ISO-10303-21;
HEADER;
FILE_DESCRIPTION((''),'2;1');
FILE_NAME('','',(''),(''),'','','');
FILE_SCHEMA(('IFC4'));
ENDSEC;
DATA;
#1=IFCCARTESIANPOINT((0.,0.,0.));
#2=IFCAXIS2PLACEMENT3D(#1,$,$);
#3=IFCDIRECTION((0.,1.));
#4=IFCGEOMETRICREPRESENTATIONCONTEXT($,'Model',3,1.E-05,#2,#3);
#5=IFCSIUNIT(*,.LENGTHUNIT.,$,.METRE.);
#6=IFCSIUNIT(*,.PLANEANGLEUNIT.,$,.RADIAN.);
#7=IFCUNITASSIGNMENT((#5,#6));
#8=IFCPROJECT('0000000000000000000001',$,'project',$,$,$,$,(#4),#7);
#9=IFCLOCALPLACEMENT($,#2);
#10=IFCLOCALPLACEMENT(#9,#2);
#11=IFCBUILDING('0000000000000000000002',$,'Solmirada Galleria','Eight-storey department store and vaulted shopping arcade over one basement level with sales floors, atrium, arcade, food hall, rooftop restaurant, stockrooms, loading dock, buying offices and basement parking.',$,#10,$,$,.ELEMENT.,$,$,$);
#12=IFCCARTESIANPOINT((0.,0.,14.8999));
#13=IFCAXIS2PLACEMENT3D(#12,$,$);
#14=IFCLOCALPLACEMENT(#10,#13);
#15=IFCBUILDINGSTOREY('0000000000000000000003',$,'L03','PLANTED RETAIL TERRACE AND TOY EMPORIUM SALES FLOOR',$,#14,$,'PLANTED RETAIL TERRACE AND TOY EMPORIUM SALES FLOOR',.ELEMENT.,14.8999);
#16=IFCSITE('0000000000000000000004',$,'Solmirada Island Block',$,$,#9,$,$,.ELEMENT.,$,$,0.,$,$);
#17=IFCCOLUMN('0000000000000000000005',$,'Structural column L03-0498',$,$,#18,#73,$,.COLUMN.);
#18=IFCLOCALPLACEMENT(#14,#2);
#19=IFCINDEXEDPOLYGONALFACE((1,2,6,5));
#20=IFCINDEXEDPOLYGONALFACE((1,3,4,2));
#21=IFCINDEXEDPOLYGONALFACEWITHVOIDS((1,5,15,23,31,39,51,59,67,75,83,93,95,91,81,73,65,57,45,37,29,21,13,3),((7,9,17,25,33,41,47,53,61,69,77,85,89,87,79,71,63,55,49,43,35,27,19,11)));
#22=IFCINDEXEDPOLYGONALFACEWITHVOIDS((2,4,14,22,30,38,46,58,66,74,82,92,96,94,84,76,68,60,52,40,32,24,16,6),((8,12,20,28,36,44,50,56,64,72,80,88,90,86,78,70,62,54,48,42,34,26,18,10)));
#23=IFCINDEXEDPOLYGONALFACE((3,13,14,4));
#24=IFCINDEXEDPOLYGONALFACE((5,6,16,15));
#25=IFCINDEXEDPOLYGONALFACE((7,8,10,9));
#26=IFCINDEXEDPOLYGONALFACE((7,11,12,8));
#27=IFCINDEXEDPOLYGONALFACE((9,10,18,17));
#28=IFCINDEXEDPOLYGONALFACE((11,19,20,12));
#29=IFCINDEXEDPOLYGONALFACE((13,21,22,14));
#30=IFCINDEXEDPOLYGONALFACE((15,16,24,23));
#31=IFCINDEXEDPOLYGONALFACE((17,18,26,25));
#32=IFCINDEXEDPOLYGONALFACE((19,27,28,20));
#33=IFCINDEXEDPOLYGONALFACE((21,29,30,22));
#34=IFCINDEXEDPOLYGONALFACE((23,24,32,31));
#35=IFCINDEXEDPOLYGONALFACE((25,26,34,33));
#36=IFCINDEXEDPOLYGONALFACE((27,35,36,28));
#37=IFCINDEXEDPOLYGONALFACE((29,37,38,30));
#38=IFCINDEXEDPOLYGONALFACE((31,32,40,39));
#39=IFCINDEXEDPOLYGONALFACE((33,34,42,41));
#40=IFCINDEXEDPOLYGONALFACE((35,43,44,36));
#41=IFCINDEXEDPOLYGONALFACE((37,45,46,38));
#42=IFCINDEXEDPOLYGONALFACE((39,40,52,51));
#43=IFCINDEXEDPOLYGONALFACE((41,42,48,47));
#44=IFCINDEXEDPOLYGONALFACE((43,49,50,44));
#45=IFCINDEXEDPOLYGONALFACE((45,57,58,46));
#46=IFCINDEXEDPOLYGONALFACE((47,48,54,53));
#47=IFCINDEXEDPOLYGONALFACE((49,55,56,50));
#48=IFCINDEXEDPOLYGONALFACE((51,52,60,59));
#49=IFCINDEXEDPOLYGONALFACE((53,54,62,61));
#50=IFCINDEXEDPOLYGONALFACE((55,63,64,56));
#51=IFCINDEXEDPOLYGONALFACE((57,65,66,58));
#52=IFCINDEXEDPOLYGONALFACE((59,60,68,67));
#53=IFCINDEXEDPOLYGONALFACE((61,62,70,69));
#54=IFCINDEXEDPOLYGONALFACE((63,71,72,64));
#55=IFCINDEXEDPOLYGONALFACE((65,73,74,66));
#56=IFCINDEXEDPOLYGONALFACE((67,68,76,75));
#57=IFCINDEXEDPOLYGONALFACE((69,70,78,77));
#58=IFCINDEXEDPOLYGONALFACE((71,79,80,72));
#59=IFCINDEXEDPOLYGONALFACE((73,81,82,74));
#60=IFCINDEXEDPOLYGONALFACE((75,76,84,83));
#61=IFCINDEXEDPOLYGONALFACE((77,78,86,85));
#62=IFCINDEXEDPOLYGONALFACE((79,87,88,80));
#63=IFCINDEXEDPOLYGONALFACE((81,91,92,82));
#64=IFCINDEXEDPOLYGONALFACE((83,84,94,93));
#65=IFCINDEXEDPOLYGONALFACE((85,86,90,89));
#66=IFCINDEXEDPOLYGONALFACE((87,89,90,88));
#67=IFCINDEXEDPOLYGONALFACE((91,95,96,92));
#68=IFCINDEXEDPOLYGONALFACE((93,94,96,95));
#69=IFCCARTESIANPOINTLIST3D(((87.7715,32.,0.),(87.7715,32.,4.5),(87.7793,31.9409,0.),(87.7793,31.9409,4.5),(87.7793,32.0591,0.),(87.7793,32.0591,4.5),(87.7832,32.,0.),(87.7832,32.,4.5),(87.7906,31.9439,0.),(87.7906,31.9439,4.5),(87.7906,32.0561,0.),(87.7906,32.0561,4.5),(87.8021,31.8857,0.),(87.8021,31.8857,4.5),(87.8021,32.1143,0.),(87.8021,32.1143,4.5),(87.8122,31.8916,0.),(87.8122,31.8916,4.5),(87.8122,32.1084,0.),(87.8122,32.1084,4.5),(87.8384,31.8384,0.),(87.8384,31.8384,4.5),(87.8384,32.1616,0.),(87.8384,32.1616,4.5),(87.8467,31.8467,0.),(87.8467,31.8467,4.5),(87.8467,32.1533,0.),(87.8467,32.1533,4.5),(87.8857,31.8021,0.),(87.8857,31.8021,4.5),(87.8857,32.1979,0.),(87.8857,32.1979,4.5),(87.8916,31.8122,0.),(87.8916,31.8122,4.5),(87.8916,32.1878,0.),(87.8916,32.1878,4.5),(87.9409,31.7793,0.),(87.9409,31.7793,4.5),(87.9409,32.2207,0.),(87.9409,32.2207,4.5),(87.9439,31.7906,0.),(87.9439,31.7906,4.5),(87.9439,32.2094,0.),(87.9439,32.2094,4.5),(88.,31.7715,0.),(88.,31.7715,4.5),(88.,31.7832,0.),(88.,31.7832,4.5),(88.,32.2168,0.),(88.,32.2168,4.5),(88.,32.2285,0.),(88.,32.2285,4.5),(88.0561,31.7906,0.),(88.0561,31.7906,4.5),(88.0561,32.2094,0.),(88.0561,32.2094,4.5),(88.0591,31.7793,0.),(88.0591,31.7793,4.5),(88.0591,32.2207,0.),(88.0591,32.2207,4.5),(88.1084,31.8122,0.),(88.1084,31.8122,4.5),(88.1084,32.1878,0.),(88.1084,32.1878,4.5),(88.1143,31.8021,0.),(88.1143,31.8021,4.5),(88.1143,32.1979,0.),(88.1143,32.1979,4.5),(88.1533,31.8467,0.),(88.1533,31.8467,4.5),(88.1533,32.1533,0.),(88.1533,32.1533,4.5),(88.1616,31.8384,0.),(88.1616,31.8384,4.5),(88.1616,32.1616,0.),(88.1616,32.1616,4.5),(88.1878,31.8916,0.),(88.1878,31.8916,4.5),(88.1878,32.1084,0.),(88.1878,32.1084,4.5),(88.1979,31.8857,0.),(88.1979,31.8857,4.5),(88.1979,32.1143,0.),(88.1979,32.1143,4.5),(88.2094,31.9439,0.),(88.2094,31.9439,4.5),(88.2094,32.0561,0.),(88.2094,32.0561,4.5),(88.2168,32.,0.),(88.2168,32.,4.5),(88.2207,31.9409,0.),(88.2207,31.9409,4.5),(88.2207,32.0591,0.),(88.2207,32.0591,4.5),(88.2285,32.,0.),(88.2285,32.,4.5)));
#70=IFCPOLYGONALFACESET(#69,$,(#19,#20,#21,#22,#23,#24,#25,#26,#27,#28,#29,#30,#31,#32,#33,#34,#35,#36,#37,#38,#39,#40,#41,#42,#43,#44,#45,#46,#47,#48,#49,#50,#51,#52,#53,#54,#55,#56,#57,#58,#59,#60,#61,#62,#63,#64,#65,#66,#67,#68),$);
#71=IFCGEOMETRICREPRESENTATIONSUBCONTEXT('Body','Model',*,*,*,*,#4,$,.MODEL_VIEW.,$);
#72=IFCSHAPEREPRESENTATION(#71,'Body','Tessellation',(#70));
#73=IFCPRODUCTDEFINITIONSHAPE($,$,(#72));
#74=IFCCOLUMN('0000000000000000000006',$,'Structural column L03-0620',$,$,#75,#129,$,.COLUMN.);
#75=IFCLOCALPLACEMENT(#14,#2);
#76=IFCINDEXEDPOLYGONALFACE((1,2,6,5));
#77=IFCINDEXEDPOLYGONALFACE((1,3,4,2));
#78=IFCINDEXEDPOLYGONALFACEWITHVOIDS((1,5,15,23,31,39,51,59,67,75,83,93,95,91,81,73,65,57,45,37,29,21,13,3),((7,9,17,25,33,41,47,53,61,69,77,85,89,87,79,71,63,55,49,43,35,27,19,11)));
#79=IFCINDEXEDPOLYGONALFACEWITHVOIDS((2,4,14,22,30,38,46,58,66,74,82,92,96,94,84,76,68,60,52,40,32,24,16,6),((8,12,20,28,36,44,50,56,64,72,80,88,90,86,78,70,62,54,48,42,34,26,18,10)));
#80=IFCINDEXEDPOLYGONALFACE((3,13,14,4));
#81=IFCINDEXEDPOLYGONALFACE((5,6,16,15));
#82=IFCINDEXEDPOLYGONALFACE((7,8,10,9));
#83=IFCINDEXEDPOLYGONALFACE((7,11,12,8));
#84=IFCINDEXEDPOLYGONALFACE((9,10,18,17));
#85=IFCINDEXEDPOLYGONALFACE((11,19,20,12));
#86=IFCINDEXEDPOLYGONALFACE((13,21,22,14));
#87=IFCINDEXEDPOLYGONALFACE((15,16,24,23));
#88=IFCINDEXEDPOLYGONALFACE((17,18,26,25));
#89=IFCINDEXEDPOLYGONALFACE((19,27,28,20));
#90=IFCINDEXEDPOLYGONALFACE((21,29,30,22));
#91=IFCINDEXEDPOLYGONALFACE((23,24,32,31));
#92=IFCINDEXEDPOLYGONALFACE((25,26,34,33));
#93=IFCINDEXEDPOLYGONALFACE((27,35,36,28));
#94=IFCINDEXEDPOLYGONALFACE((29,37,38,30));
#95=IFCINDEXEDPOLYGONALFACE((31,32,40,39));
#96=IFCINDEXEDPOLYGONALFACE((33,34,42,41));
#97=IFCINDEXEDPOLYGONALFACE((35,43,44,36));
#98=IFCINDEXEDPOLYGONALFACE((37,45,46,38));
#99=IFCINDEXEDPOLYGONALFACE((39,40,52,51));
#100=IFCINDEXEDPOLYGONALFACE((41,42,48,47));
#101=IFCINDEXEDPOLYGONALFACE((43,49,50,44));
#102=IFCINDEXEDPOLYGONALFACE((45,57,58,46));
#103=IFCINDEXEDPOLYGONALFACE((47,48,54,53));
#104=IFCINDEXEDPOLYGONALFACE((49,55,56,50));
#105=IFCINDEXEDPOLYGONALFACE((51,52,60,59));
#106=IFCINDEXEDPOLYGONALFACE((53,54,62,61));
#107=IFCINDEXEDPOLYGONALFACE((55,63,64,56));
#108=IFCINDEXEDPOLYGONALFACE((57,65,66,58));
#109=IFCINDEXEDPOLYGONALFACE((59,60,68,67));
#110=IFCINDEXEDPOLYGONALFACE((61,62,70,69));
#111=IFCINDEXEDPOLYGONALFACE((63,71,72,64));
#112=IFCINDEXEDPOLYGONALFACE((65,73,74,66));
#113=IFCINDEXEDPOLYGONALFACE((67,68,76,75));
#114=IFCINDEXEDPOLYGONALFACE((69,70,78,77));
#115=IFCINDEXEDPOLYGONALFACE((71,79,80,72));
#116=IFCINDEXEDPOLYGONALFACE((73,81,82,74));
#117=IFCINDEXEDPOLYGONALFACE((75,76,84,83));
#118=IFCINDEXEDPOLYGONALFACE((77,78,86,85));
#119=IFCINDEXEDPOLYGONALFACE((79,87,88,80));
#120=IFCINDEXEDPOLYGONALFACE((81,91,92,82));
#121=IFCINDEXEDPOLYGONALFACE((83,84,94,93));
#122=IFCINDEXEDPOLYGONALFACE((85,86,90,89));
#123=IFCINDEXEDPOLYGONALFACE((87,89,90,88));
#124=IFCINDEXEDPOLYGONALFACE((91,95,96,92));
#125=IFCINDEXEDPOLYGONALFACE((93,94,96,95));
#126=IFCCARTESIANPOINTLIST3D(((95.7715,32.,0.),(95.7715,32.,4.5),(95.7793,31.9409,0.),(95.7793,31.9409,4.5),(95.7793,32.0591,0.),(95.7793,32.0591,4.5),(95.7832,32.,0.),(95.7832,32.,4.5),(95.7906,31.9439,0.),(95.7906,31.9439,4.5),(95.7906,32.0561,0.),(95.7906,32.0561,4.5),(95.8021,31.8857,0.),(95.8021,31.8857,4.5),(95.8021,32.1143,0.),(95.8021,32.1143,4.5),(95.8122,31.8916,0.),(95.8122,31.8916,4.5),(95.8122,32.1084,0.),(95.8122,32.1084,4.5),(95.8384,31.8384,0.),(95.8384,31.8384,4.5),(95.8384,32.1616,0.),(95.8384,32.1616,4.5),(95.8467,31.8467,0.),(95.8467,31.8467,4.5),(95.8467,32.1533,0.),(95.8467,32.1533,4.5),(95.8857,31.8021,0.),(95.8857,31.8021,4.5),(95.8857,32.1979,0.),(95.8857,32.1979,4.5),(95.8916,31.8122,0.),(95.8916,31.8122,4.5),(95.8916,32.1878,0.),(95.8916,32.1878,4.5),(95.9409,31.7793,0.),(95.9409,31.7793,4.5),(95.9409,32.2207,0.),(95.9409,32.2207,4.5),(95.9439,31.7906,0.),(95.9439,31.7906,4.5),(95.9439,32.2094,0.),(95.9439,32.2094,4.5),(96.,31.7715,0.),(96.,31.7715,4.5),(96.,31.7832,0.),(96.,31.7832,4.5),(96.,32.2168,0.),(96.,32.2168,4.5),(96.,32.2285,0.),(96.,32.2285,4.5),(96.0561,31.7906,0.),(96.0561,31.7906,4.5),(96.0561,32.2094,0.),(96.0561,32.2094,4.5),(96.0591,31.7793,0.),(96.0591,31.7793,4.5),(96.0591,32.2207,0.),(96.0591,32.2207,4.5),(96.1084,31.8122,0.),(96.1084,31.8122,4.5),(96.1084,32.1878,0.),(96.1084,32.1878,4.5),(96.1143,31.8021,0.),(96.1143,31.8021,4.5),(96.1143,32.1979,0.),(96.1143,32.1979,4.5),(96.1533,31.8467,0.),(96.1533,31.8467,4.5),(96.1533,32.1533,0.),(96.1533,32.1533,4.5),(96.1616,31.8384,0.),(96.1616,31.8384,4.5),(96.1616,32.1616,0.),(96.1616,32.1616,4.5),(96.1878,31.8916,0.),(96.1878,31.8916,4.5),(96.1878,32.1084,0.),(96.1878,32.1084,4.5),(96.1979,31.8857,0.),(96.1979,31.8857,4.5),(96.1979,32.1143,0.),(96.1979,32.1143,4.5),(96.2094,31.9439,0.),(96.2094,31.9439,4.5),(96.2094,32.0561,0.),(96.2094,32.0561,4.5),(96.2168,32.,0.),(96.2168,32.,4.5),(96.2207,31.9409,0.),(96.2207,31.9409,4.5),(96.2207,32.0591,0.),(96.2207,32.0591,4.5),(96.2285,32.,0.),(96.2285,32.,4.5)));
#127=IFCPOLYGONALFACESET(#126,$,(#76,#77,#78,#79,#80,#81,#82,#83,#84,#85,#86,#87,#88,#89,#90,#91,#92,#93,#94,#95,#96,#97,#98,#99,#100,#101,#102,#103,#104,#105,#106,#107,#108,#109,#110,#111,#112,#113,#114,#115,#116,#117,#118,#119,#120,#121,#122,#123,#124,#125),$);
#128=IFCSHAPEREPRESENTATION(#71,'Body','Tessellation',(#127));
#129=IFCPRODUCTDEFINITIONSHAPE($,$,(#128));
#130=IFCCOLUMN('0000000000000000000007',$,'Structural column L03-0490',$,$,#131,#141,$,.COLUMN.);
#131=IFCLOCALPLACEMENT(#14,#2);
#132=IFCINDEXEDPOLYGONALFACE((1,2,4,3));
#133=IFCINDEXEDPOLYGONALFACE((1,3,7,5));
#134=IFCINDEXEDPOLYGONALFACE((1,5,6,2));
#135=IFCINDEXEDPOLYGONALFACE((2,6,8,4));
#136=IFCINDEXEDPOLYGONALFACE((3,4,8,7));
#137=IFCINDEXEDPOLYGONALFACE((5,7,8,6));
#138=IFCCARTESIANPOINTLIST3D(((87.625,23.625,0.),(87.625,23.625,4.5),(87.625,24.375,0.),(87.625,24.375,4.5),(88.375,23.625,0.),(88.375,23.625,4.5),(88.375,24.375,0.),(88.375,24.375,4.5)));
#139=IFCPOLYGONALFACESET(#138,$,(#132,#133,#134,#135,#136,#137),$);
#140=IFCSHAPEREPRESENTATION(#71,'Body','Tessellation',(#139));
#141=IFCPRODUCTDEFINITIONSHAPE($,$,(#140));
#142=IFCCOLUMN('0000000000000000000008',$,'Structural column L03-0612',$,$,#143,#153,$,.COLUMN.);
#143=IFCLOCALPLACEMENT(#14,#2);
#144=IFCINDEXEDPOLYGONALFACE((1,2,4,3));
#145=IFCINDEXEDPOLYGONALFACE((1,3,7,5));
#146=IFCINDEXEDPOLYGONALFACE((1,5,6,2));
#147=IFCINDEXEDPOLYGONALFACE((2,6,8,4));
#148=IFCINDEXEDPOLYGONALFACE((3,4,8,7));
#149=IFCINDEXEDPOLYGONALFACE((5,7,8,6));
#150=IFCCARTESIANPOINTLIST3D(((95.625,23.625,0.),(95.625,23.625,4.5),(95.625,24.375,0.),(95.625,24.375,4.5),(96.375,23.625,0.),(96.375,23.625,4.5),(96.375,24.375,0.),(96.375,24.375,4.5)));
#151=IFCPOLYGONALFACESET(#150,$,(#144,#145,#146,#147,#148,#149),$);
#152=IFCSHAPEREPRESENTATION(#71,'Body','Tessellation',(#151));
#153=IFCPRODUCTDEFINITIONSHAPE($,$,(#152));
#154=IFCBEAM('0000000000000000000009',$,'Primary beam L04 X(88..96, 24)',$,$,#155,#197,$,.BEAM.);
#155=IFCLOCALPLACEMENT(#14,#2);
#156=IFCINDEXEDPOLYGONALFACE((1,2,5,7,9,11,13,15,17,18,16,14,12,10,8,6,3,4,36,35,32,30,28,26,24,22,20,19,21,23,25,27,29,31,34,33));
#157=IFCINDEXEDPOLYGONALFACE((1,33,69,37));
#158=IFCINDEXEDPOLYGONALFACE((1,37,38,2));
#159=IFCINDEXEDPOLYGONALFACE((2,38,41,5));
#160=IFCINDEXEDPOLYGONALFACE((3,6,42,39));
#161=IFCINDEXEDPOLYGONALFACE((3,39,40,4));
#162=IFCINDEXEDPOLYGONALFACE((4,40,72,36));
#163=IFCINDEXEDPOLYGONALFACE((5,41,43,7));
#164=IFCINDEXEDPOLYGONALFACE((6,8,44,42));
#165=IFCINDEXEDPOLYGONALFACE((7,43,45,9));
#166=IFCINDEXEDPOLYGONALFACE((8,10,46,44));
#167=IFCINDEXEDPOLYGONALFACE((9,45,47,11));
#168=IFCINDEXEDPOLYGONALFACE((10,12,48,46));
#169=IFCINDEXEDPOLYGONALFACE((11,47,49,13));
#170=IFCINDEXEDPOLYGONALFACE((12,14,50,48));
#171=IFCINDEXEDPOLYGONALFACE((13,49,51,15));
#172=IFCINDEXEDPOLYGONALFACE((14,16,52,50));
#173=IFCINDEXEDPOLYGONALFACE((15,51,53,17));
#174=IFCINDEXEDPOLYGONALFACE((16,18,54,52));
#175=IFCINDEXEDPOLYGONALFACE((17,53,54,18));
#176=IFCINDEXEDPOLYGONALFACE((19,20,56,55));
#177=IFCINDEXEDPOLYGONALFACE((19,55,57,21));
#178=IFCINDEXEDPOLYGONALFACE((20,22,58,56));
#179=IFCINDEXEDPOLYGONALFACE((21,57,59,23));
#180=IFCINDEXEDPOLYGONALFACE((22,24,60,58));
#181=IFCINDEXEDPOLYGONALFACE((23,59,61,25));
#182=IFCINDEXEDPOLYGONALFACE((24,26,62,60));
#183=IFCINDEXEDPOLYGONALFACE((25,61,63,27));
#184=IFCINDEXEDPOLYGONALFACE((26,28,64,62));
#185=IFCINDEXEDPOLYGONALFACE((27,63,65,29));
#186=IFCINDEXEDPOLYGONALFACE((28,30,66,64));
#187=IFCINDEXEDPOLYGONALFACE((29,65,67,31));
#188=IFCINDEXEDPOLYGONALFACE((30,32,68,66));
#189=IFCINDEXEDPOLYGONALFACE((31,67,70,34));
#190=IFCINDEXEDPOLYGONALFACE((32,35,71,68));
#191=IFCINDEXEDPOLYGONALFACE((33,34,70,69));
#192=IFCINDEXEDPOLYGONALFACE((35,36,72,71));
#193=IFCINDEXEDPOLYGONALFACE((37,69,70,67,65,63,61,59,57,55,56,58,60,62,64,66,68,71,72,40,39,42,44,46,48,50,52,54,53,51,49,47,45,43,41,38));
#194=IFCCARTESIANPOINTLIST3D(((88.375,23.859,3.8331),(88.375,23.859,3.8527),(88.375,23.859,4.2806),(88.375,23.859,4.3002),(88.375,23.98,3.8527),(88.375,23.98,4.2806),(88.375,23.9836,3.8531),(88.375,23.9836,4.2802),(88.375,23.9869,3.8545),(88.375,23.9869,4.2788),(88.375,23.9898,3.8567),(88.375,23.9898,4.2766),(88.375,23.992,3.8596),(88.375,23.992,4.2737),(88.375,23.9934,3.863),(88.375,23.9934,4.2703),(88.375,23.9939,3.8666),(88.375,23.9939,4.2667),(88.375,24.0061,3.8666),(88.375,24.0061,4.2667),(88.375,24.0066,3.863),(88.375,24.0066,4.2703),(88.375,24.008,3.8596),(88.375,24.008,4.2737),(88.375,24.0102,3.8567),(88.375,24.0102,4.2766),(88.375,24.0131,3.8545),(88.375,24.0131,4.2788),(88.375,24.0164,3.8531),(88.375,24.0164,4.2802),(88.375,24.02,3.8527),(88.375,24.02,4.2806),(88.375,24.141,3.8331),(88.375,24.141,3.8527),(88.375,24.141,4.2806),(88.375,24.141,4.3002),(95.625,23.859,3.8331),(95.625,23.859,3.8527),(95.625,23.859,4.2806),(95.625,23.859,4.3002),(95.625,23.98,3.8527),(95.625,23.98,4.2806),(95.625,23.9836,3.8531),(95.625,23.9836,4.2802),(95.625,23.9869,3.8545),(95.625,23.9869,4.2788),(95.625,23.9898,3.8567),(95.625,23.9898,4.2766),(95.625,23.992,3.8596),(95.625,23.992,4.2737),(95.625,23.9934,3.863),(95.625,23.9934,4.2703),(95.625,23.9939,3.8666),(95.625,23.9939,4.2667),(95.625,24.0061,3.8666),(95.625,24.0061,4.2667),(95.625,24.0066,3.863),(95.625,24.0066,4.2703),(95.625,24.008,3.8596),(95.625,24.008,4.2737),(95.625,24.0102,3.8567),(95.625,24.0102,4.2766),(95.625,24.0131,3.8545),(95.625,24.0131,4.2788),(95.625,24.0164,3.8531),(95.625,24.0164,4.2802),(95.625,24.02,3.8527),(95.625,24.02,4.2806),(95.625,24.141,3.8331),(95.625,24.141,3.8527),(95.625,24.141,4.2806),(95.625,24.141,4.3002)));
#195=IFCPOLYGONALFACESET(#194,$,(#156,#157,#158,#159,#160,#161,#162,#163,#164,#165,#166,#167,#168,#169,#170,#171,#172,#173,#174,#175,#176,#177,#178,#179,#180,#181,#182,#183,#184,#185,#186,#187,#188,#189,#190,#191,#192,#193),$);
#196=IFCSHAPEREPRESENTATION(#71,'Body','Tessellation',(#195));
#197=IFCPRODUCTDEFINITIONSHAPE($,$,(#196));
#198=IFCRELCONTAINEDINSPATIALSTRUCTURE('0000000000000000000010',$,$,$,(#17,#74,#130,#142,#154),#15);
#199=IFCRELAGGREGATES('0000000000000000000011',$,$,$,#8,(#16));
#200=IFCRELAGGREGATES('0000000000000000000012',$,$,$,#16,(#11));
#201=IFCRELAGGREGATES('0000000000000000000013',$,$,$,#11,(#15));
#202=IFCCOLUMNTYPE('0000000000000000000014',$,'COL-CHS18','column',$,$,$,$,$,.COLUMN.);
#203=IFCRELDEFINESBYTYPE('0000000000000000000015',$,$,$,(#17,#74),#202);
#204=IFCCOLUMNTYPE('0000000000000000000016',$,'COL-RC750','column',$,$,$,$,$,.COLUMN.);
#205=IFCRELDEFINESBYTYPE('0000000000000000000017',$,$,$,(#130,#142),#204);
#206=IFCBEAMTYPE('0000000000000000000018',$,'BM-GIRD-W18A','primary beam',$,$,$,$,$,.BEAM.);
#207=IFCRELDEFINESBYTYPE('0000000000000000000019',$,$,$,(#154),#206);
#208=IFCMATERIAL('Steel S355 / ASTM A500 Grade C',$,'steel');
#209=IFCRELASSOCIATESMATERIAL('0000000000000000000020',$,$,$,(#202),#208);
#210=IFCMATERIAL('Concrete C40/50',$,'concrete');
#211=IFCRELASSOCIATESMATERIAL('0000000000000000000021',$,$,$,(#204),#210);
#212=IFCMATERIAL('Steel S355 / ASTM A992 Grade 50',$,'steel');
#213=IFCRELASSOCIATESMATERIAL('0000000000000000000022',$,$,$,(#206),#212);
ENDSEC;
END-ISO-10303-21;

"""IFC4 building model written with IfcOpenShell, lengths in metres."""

from ifc_helpers import new_model, si_unit, direction, frame, origin, origin_2d, place, context, subcontext, project, spatial, rectangle, hollow_circle, i_section, extrude, material, material_profile, profile_set, type_object, element, save


model = new_model("IFC4")

# Units and contexts
model_context = context("Model", 3, precision=1e-05, world=origin(), true_north=direction((0.0, 1.0)))
body_context = subcontext(model_context, "Body", "Model", "MODEL_VIEW")
ifc_project = project(units=[si_unit("LENGTHUNIT", "METRE"), si_unit("PLANEANGLEUNIT", "RADIAN")], contexts=[model_context])

# Site, building, storey
site_placement = place(None, origin())
site = spatial("IfcSite", under=ifc_project, at=site_placement, Name="Solmirada Island Block", CompositionType="ELEMENT", RefElevation=0.0)
building_placement = place(site_placement, origin())
building = spatial("IfcBuilding", under=site, at=building_placement, Name="Solmirada Galleria", Description="Eight-storey department store and vaulted shopping arcade over one basement level with sales floors, atrium, arcade, food hall, rooftop restaurant, stockrooms, loading dock, buying offices and basement parking.", CompositionType="ELEMENT")
storey_placement = place(building_placement, frame((0.0, 0.0, 14.8999)))
storey = spatial("IfcBuildingStorey", under=building, at=storey_placement, Name="L03", Description="PLANTED RETAIL TERRACE AND TOY EMPORIUM SALES FLOOR", LongName="PLANTED RETAIL TERRACE AND TOY EMPORIUM SALES FLOOR", CompositionType="ELEMENT", Elevation=14.8999)

# Columns
ifc_material_1 = material(Name="Steel S355 / ASTM A500 Grade C", Category="steel")
ifc_material_profile_1 = material_profile(ifc_material_1, hollow_circle(Radius=0.2285, WallThickness=0.0117, at=origin_2d()), Name="HSS18.000X0.500")
ifc_profile_set_1 = profile_set([ifc_material_profile_1], Name="Steel S355 / ASTM A500 Grade C")
column_type_1 = type_object("IfcColumnType", Name="COL-CHS18", Description="column", PredefinedType="COLUMN", material=ifc_profile_set_1)
for number, where, z_axis, x_axis, name in (
    (1, (88.0, 32.0, 0.0), (0.0, 0.0, 1.0), (1.0, 0.0, 0.0), "Structural column L03-0498"),
    (2, (96.0, 32.0, 0.0), (0.0, 0.0, 1.0), (1.0, 0.0, 0.0), "Structural column L03-0620"),
):
    element("IfcColumn", number, at=place(storey_placement, frame(where, z_axis=z_axis, x_axis=x_axis)), inside=storey, type_object=column_type_1, Name=name, PredefinedType="COLUMN", context=body_context, shape_type="SweptSolid", body=[
        extrude(hollow_circle(Radius=0.2285, WallThickness=0.0117, at=origin_2d()), origin(), (0.0, 0.0, 1.0), 4.5),
    ])
ifc_material_2 = material(Name="Concrete C40/50", Category="concrete")
ifc_material_profile_2 = material_profile(ifc_material_2, rectangle(XDim=0.75, YDim=0.75, at=origin_2d()), Name="RC750X750")
ifc_profile_set_2 = profile_set([ifc_material_profile_2], Name="Concrete C40/50")
column_type_2 = type_object("IfcColumnType", Name="COL-RC750", Description="column", PredefinedType="COLUMN", material=ifc_profile_set_2)
for number, where, z_axis, x_axis, name in (
    (3, (88.0, 24.0, 0.0), (0.0, 0.0, 1.0), (1.0, 0.0, 0.0), "Structural column L03-0490"),
    (4, (96.0, 24.0, 0.0), (0.0, 0.0, 1.0), (1.0, 0.0, 0.0), "Structural column L03-0612"),
):
    element("IfcColumn", number, at=place(storey_placement, frame(where, z_axis=z_axis, x_axis=x_axis)), inside=storey, type_object=column_type_2, Name=name, PredefinedType="COLUMN", context=body_context, shape_type="SweptSolid", body=[
        extrude(rectangle(XDim=0.75, YDim=0.75, at=origin_2d()), origin(), (0.0, 0.0, 1.0), 4.5),
    ])

# Beam
ifc_material_3 = material(Name="Steel S355 / ASTM A992 Grade 50", Category="steel")
ifc_material_profile_3 = material_profile(ifc_material_3, i_section(OverallWidth=0.282, OverallDepth=0.467, WebThickness=0.0122, FlangeThickness=0.0195, FilletRadius=0.0139, at=origin_2d()), Name="W18X86")
ifc_profile_set_3 = profile_set([ifc_material_profile_3], Name="Steel S355 / ASTM A992 Grade 50")
beam_type_1 = type_object("IfcBeamType", Name="BM-GIRD-W18A", Description="primary beam", PredefinedType="BEAM", material=ifc_profile_set_3)
beam_1_placement = place(storey_placement, frame((88.375, 24.0, 4.0667), z_axis=(1.0, 0.0, 0.0), x_axis=(0.0, 1.0, 0.0)))
element("IfcBeam", 5, at=beam_1_placement, inside=storey, type_object=beam_type_1, Name="Primary beam L04 X(88..96, 24)", PredefinedType="BEAM", context=body_context, shape_type="SweptSolid", body=[
    extrude(i_section(OverallWidth=0.282, OverallDepth=0.467, WebThickness=0.0122, FlangeThickness=0.0195, FilletRadius=0.0139, at=origin_2d()), origin(), (0.0, 0.0, 1.0), 7.25),
])

save(model, "model.ifc")
